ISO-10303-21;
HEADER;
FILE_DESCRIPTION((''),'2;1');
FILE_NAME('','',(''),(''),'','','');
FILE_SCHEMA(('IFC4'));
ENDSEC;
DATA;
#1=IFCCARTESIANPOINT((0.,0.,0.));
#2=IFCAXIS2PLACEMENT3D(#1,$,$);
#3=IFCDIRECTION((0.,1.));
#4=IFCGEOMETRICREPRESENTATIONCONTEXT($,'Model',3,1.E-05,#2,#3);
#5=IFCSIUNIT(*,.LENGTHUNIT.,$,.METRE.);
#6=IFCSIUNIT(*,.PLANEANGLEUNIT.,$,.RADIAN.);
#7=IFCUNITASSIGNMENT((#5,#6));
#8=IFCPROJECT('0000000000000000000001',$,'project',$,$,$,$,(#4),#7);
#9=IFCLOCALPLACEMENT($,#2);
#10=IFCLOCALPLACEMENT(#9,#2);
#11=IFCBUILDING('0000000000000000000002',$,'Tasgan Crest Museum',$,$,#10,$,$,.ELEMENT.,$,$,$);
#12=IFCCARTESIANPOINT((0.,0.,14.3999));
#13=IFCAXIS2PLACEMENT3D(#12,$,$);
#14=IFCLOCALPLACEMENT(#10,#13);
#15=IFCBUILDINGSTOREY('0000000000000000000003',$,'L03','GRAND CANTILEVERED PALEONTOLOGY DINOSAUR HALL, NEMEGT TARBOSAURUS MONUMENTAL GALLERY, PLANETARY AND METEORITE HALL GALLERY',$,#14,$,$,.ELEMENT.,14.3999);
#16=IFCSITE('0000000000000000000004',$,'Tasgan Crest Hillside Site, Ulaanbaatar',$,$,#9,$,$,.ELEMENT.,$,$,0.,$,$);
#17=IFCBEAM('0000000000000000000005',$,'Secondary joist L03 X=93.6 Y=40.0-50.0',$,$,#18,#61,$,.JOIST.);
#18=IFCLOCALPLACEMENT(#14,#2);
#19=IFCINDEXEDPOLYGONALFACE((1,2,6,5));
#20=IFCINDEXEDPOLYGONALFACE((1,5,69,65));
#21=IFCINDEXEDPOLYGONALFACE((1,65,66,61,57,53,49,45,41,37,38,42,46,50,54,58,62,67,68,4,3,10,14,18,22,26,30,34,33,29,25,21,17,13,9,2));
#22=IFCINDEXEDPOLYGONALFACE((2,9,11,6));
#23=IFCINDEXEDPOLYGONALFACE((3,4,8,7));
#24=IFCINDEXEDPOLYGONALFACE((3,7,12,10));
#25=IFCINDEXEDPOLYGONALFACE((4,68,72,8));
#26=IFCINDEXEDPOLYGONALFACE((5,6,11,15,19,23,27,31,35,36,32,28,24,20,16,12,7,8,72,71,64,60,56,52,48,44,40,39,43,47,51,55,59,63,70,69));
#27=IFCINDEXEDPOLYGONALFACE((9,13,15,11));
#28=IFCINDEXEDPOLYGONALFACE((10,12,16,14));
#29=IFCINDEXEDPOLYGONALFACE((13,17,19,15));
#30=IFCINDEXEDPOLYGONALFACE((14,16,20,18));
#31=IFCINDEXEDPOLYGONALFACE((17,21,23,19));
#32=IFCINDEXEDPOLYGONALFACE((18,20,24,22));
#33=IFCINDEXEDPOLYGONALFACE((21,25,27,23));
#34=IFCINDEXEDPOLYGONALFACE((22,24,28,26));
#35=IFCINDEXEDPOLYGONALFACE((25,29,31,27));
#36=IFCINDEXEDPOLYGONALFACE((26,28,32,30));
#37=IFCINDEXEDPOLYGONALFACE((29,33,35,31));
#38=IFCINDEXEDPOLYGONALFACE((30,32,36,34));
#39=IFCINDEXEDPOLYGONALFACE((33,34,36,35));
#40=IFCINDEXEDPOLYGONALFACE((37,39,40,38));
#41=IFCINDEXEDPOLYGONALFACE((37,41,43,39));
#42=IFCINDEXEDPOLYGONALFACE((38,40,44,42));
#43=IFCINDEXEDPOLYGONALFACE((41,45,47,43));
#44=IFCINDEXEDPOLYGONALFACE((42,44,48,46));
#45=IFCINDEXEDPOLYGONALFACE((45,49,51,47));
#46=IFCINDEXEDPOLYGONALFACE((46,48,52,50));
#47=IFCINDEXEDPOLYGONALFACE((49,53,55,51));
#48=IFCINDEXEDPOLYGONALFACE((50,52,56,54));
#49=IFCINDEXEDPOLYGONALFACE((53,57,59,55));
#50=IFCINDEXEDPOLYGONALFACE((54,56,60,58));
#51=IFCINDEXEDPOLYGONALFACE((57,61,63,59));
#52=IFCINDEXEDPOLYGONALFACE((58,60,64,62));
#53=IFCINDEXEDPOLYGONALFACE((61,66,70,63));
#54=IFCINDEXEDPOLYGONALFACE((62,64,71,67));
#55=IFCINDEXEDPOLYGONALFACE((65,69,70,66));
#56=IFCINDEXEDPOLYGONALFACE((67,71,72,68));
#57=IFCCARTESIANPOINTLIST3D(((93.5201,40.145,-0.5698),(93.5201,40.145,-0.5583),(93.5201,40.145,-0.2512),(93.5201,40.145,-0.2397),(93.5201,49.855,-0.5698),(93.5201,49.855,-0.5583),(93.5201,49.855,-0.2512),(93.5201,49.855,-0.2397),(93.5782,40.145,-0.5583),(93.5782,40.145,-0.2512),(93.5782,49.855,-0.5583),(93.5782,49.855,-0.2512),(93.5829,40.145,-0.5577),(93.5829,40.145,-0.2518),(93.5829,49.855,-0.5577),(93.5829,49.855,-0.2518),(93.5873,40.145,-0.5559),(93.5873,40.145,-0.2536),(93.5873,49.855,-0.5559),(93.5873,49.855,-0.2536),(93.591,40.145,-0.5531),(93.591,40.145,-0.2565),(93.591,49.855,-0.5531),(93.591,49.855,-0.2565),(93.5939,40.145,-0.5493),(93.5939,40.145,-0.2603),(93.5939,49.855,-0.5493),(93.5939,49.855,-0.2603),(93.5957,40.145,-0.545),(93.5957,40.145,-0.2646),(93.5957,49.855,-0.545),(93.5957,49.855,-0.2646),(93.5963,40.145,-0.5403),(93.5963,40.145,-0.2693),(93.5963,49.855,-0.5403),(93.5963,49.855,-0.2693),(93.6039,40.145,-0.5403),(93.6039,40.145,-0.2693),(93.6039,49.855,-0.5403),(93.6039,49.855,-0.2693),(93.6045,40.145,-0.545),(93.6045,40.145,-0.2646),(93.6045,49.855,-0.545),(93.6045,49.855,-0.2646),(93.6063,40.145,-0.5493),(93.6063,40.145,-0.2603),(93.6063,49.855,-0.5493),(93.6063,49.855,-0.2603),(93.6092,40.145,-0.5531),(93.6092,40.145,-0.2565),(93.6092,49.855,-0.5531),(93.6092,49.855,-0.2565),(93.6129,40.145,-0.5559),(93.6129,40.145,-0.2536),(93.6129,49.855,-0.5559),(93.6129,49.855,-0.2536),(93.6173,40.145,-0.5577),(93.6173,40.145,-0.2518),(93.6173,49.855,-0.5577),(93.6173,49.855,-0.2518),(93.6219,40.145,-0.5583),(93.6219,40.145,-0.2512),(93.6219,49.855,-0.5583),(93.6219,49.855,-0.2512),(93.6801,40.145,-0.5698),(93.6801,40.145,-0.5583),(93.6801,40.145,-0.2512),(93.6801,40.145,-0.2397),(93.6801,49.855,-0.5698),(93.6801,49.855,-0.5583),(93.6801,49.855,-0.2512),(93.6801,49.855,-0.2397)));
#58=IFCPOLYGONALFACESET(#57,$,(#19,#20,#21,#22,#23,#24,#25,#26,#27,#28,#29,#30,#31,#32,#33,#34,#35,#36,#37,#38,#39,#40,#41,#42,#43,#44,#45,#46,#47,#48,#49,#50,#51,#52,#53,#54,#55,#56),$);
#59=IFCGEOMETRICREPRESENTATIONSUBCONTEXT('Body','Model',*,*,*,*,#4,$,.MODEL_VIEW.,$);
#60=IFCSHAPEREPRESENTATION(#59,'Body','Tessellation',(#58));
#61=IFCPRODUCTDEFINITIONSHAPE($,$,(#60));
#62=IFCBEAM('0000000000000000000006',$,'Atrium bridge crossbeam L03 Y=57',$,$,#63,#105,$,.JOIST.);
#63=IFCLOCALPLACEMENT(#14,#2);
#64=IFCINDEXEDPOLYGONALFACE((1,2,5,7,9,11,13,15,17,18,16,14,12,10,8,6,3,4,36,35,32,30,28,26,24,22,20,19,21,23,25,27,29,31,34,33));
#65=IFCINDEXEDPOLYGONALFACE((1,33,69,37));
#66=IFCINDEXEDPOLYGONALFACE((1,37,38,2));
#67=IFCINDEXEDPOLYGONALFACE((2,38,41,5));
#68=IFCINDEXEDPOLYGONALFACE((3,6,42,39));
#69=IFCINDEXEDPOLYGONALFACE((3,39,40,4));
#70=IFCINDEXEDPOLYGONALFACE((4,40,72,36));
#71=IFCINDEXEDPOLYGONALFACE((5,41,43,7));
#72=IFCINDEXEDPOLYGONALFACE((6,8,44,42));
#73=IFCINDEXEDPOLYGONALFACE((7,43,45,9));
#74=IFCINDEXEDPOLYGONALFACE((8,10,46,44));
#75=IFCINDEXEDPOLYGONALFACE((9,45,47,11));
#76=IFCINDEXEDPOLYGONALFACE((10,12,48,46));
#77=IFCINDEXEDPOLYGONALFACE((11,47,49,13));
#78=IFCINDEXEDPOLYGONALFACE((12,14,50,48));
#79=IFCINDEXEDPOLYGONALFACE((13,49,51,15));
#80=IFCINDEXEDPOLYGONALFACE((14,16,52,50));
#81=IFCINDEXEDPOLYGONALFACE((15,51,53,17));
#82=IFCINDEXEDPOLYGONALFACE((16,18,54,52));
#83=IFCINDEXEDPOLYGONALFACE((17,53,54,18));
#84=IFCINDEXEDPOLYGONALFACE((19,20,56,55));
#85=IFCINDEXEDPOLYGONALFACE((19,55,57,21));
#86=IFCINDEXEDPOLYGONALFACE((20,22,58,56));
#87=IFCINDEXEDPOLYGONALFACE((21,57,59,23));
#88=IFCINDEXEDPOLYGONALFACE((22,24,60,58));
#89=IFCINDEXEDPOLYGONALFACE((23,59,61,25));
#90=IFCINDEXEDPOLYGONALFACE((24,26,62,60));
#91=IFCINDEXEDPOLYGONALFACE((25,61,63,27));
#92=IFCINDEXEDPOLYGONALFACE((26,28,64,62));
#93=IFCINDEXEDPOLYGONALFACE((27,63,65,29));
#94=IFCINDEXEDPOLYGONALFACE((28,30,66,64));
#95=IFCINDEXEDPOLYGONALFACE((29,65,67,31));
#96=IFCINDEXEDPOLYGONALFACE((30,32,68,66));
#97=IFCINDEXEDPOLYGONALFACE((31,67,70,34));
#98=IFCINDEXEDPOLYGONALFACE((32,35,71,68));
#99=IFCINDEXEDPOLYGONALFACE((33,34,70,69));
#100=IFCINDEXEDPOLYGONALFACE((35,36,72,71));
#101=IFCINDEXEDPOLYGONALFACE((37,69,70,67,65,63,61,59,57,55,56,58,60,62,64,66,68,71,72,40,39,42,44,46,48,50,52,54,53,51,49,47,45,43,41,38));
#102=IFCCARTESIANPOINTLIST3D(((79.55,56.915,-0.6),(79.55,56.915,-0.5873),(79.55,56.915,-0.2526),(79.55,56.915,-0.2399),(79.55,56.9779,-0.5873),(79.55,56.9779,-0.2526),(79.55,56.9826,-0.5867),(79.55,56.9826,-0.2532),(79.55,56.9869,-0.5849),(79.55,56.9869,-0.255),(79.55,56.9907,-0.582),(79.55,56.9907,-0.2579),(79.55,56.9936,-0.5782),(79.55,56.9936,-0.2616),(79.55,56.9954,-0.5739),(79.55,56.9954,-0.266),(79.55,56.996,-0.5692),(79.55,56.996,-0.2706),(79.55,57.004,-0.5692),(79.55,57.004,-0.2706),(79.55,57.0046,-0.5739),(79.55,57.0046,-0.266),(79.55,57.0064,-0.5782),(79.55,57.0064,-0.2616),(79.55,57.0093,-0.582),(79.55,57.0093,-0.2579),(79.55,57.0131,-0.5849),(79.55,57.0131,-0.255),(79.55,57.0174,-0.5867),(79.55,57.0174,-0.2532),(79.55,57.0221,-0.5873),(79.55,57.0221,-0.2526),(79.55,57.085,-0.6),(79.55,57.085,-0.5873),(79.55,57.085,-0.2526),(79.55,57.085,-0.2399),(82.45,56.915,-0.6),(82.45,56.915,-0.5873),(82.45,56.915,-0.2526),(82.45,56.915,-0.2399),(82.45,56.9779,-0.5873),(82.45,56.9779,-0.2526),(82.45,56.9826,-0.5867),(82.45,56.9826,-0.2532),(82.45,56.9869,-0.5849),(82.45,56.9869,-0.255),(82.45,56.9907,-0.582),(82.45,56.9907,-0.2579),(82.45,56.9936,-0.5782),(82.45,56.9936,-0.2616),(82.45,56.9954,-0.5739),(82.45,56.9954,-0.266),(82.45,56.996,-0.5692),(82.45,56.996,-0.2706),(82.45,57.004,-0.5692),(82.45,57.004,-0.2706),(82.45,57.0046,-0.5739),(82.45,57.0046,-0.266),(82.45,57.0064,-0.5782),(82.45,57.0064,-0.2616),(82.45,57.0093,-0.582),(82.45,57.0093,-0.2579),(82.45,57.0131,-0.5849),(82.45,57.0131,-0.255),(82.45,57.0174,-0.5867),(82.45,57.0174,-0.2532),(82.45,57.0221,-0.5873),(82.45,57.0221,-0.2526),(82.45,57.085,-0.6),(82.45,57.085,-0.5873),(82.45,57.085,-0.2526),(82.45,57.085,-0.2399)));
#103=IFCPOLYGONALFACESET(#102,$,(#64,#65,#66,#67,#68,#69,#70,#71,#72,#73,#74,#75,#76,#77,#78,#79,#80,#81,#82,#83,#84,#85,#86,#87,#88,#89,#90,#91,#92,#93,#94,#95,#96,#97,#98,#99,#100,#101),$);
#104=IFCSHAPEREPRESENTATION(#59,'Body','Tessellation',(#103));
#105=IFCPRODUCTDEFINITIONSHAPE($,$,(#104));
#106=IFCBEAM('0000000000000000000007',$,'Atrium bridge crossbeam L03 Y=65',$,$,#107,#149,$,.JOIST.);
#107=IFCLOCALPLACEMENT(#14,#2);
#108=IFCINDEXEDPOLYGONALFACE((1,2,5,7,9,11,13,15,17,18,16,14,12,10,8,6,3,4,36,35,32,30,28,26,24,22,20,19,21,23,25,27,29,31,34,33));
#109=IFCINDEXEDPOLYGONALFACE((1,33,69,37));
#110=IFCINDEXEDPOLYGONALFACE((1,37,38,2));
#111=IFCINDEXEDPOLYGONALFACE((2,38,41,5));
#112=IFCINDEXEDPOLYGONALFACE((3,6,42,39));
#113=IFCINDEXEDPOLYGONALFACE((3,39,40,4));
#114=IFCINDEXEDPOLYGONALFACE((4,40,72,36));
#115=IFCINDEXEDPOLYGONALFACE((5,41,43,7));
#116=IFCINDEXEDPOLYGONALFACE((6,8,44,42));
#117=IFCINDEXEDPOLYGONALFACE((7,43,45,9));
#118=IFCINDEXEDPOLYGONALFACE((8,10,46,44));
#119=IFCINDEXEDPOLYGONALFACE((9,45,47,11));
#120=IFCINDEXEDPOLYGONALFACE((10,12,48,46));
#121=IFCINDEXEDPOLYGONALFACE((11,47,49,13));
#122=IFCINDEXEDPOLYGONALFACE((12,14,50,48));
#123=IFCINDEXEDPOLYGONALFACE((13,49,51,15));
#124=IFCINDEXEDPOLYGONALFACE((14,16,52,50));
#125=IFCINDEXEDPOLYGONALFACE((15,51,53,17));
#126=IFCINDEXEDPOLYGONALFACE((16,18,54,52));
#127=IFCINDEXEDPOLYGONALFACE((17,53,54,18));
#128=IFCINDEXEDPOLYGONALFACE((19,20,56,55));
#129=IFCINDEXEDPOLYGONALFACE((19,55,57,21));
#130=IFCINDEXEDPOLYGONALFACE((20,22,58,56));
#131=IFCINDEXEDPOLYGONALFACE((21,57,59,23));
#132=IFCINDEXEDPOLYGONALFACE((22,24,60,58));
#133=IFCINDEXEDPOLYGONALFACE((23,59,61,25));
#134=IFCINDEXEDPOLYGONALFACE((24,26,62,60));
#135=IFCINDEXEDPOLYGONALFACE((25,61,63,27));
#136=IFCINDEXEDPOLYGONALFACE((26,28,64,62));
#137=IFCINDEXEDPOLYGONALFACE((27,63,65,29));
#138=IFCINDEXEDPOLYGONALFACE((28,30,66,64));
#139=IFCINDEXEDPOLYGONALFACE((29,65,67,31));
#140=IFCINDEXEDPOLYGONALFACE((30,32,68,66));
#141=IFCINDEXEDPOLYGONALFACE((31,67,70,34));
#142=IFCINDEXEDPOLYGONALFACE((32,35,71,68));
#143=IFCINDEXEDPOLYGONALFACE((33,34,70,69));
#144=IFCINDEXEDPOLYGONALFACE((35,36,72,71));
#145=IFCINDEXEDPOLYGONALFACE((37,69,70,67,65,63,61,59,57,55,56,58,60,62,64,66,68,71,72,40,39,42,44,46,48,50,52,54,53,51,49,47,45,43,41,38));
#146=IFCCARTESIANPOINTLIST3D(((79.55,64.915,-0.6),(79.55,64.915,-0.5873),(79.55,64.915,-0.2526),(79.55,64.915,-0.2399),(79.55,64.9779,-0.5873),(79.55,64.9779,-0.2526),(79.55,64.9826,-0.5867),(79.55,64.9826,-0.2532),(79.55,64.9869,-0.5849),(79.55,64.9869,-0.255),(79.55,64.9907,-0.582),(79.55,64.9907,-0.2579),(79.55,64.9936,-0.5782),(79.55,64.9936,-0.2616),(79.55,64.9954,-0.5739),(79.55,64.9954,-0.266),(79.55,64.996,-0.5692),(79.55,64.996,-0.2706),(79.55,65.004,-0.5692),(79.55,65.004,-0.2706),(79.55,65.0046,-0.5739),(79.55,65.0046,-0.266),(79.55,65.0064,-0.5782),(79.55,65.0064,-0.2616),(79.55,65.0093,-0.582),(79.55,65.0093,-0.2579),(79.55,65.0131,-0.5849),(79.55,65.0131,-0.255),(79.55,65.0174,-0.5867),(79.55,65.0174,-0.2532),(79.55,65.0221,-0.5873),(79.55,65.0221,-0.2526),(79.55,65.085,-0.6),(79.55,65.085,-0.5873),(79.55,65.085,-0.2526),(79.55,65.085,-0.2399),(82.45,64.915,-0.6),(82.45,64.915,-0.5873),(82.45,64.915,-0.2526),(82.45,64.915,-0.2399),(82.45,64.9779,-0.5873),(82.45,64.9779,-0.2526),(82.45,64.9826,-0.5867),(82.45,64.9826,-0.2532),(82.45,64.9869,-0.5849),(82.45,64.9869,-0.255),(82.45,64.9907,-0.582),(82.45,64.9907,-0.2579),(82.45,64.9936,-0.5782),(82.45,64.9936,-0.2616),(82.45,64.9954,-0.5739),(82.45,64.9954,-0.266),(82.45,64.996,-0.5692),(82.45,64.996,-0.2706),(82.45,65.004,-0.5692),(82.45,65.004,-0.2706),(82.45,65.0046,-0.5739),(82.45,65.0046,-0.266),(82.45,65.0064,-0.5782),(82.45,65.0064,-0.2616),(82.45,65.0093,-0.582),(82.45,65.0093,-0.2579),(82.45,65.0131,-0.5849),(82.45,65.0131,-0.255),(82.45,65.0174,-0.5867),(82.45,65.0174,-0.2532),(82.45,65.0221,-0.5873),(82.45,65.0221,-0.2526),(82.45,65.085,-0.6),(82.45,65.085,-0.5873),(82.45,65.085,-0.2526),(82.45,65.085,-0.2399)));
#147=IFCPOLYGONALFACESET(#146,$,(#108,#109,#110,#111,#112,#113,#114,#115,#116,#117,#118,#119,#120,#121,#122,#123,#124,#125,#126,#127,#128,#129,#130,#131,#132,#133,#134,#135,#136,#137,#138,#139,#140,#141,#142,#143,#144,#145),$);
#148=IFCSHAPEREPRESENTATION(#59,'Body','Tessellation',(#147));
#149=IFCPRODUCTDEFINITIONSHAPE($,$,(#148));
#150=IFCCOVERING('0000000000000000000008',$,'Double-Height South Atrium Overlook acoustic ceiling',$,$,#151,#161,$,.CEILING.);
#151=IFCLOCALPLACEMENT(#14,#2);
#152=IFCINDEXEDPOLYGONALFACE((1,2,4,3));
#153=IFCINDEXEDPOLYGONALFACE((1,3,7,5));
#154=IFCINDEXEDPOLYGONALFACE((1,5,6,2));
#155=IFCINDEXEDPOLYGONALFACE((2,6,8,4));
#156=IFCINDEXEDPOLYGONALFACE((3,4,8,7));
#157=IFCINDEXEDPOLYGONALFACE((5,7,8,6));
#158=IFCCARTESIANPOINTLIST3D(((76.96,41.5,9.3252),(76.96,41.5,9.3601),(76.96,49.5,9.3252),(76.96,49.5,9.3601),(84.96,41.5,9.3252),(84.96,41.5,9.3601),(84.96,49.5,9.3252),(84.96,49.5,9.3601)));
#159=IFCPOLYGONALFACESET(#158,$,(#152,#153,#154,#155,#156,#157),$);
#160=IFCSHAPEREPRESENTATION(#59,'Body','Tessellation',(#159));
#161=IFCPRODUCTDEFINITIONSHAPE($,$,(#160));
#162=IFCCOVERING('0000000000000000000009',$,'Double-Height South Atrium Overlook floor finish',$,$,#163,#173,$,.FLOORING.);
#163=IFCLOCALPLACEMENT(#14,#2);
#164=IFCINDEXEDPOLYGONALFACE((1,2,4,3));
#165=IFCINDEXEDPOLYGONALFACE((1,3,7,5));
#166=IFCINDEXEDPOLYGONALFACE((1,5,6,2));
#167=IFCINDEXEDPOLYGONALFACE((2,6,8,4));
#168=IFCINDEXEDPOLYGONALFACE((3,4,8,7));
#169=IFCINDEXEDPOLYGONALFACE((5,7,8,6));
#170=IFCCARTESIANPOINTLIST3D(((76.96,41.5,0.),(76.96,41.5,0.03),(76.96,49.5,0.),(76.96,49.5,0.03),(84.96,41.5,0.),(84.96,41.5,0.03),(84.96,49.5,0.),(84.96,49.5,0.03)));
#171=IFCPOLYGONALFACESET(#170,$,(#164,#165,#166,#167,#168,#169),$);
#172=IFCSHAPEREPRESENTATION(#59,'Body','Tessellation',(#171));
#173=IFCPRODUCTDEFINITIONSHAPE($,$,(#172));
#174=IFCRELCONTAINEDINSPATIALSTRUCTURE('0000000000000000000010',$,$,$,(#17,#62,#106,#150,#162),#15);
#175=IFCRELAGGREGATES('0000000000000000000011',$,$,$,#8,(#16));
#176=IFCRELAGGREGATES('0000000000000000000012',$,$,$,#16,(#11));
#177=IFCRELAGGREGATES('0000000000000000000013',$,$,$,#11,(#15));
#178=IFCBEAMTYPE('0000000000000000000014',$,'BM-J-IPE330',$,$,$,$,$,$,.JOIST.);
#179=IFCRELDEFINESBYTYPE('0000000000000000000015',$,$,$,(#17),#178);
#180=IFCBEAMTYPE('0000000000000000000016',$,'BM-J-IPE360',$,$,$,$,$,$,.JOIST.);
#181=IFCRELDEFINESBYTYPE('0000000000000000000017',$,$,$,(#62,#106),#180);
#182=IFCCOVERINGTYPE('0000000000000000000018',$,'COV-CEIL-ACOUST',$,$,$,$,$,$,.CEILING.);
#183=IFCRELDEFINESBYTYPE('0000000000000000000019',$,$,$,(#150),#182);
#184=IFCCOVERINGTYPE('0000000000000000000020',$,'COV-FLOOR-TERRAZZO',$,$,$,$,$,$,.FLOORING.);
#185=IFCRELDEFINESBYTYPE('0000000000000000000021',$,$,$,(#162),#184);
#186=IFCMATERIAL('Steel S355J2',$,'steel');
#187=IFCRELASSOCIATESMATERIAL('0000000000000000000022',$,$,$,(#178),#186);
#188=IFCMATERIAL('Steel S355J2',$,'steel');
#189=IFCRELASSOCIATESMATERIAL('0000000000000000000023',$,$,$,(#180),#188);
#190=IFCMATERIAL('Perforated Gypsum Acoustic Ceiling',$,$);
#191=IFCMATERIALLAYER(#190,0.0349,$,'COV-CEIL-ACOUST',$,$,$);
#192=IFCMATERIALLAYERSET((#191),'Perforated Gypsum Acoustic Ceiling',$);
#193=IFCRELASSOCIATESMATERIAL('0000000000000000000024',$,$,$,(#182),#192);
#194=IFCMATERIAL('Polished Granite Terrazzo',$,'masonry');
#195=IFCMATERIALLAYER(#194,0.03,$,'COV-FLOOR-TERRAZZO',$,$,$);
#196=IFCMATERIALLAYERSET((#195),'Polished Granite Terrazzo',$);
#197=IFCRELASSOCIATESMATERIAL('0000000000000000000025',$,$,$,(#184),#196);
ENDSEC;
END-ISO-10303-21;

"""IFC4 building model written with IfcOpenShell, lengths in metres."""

from ifc_helpers import new_model, si_unit, direction, frame, origin, origin_2d, place, context, subcontext, project, spatial, rectangle, i_section, extrude, material, layer, layer_set, material_profile, profile_set, type_object, element, save


model = new_model("IFC4")

# Units and contexts
model_context = context("Model", 3, precision=1e-05, world=origin(), true_north=direction((0.0, 1.0)))
body_context = subcontext(model_context, "Body", "Model", "MODEL_VIEW")
ifc_project = project(units=[si_unit("LENGTHUNIT", "METRE"), si_unit("PLANEANGLEUNIT", "RADIAN")], contexts=[model_context])

# Site, building, storey
site_placement = place(None, origin())
site = spatial("IfcSite", under=ifc_project, at=site_placement, Name="Tasgan Crest Hillside Site, Ulaanbaatar", CompositionType="ELEMENT", RefElevation=0.0)
building_placement = place(site_placement, origin())
building = spatial("IfcBuilding", under=site, at=building_placement, Name="Tasgan Crest Museum", CompositionType="ELEMENT")
storey_placement = place(building_placement, frame((0.0, 0.0, 14.3999)))
storey = spatial("IfcBuildingStorey", under=building, at=storey_placement, Name="L03", Description="GRAND CANTILEVERED PALEONTOLOGY DINOSAUR HALL, NEMEGT TARBOSAURUS MONUMENTAL GALLERY, PLANETARY AND METEORITE HALL GALLERY", CompositionType="ELEMENT", Elevation=14.3999)

# Beams
ifc_material_1 = material(Name="Steel S355J2", Category="steel")
ifc_material_profile_1 = material_profile(ifc_material_1, i_section(OverallWidth=0.1599, OverallDepth=0.3301, WebThickness=0.0076, FlangeThickness=0.0115, FilletRadius=0.0181, at=origin_2d()), Name="IPE 330")
ifc_profile_set_1 = profile_set([ifc_material_profile_1], Name="Steel S355J2")
beam_type_1 = type_object("IfcBeamType", Name="BM-J-IPE330", PredefinedType="JOIST", material=ifc_profile_set_1)
beam_1_placement = place(storey_placement, frame((93.6001, 40.145, -0.4048), z_axis=(0.0, 1.0, 0.0), x_axis=(-1.0, 0.0, 0.0)))
element("IfcBeam", 1, at=beam_1_placement, inside=storey, type_object=beam_type_1, Name="Secondary joist L03 X=93.6 Y=40.0-50.0", PredefinedType="JOIST", context=body_context, shape_type="SweptSolid", body=[
    extrude(i_section(OverallWidth=0.1599, OverallDepth=0.3301, WebThickness=0.0076, FlangeThickness=0.0115, FilletRadius=0.0181, at=origin_2d()), origin(), (0.0, 0.0, 1.0), 9.71),
])
ifc_material_2 = material(Name="Steel S355J2", Category="steel")
ifc_material_profile_2 = material_profile(ifc_material_2, i_section(OverallWidth=0.1699, OverallDepth=0.3601, WebThickness=0.0081, FlangeThickness=0.0127, FilletRadius=0.0181, at=origin_2d()), Name="IPE 360")
ifc_profile_set_2 = profile_set([ifc_material_profile_2], Name="Steel S355J2")
beam_type_2 = type_object("IfcBeamType", Name="BM-J-IPE360", PredefinedType="JOIST", material=ifc_profile_set_2)
for number, where, z_axis, x_axis, name in (
    (2, (79.55, 57.0, -0.4199), (1.0, 0.0, 0.0), (0.0, 1.0, 0.0), "Atrium bridge crossbeam L03 Y=57"),
    (3, (79.55, 65.0, -0.4199), (1.0, 0.0, 0.0), (0.0, 1.0, 0.0), "Atrium bridge crossbeam L03 Y=65"),
):
    element("IfcBeam", number, at=place(storey_placement, frame(where, z_axis=z_axis, x_axis=x_axis)), inside=storey, type_object=beam_type_2, Name=name, PredefinedType="JOIST", context=body_context, shape_type="SweptSolid", body=[
        extrude(i_section(OverallWidth=0.1699, OverallDepth=0.3601, WebThickness=0.0081, FlangeThickness=0.0127, FilletRadius=0.0181, at=origin_2d()), origin(), (0.0, 0.0, 1.0), 2.8999),
    ])

# Coverings
ifc_material_3 = material(Name="Perforated Gypsum Acoustic Ceiling")
ifc_layer_1 = layer(ifc_material_3, 0.0349, Name="COV-CEIL-ACOUST")
ifc_layer_set_1 = layer_set([ifc_layer_1], Name="Perforated Gypsum Acoustic Ceiling")
covering_type_1 = type_object("IfcCoveringType", Name="COV-CEIL-ACOUST", PredefinedType="CEILING", material=ifc_layer_set_1)
covering_1_placement = place(storey_placement, frame((80.96, 45.5, 9.3252), z_axis=(0.0, 0.0, 1.0), x_axis=(1.0, 0.0, 0.0)))
element("IfcCovering", 4, at=covering_1_placement, inside=storey, type_object=covering_type_1, Name="Double-Height South Atrium Overlook acoustic ceiling", PredefinedType="CEILING", context=body_context, shape_type="SweptSolid", body=[
    extrude(rectangle(XDim=8.0, YDim=8.0, at=origin_2d()), origin(), (0.0, 0.0, 1.0), 0.0349),
])
ifc_material_4 = material(Name="Polished Granite Terrazzo", Category="masonry")
ifc_layer_2 = layer(ifc_material_4, 0.03, Name="COV-FLOOR-TERRAZZO")
ifc_layer_set_2 = layer_set([ifc_layer_2], Name="Polished Granite Terrazzo")
covering_type_2 = type_object("IfcCoveringType", Name="COV-FLOOR-TERRAZZO", PredefinedType="FLOORING", material=ifc_layer_set_2)
covering_2_placement = place(storey_placement, frame((80.96, 45.5, 0.0), z_axis=(0.0, 0.0, 1.0), x_axis=(1.0, 0.0, 0.0)))
element("IfcCovering", 5, at=covering_2_placement, inside=storey, type_object=covering_type_2, Name="Double-Height South Atrium Overlook floor finish", PredefinedType="FLOORING", context=body_context, shape_type="SweptSolid", body=[
    extrude(rectangle(XDim=8.0, YDim=8.0, at=origin_2d()), origin(), (0.0, 0.0, 1.0), 0.03),
])

save(model, "model.ifc")
